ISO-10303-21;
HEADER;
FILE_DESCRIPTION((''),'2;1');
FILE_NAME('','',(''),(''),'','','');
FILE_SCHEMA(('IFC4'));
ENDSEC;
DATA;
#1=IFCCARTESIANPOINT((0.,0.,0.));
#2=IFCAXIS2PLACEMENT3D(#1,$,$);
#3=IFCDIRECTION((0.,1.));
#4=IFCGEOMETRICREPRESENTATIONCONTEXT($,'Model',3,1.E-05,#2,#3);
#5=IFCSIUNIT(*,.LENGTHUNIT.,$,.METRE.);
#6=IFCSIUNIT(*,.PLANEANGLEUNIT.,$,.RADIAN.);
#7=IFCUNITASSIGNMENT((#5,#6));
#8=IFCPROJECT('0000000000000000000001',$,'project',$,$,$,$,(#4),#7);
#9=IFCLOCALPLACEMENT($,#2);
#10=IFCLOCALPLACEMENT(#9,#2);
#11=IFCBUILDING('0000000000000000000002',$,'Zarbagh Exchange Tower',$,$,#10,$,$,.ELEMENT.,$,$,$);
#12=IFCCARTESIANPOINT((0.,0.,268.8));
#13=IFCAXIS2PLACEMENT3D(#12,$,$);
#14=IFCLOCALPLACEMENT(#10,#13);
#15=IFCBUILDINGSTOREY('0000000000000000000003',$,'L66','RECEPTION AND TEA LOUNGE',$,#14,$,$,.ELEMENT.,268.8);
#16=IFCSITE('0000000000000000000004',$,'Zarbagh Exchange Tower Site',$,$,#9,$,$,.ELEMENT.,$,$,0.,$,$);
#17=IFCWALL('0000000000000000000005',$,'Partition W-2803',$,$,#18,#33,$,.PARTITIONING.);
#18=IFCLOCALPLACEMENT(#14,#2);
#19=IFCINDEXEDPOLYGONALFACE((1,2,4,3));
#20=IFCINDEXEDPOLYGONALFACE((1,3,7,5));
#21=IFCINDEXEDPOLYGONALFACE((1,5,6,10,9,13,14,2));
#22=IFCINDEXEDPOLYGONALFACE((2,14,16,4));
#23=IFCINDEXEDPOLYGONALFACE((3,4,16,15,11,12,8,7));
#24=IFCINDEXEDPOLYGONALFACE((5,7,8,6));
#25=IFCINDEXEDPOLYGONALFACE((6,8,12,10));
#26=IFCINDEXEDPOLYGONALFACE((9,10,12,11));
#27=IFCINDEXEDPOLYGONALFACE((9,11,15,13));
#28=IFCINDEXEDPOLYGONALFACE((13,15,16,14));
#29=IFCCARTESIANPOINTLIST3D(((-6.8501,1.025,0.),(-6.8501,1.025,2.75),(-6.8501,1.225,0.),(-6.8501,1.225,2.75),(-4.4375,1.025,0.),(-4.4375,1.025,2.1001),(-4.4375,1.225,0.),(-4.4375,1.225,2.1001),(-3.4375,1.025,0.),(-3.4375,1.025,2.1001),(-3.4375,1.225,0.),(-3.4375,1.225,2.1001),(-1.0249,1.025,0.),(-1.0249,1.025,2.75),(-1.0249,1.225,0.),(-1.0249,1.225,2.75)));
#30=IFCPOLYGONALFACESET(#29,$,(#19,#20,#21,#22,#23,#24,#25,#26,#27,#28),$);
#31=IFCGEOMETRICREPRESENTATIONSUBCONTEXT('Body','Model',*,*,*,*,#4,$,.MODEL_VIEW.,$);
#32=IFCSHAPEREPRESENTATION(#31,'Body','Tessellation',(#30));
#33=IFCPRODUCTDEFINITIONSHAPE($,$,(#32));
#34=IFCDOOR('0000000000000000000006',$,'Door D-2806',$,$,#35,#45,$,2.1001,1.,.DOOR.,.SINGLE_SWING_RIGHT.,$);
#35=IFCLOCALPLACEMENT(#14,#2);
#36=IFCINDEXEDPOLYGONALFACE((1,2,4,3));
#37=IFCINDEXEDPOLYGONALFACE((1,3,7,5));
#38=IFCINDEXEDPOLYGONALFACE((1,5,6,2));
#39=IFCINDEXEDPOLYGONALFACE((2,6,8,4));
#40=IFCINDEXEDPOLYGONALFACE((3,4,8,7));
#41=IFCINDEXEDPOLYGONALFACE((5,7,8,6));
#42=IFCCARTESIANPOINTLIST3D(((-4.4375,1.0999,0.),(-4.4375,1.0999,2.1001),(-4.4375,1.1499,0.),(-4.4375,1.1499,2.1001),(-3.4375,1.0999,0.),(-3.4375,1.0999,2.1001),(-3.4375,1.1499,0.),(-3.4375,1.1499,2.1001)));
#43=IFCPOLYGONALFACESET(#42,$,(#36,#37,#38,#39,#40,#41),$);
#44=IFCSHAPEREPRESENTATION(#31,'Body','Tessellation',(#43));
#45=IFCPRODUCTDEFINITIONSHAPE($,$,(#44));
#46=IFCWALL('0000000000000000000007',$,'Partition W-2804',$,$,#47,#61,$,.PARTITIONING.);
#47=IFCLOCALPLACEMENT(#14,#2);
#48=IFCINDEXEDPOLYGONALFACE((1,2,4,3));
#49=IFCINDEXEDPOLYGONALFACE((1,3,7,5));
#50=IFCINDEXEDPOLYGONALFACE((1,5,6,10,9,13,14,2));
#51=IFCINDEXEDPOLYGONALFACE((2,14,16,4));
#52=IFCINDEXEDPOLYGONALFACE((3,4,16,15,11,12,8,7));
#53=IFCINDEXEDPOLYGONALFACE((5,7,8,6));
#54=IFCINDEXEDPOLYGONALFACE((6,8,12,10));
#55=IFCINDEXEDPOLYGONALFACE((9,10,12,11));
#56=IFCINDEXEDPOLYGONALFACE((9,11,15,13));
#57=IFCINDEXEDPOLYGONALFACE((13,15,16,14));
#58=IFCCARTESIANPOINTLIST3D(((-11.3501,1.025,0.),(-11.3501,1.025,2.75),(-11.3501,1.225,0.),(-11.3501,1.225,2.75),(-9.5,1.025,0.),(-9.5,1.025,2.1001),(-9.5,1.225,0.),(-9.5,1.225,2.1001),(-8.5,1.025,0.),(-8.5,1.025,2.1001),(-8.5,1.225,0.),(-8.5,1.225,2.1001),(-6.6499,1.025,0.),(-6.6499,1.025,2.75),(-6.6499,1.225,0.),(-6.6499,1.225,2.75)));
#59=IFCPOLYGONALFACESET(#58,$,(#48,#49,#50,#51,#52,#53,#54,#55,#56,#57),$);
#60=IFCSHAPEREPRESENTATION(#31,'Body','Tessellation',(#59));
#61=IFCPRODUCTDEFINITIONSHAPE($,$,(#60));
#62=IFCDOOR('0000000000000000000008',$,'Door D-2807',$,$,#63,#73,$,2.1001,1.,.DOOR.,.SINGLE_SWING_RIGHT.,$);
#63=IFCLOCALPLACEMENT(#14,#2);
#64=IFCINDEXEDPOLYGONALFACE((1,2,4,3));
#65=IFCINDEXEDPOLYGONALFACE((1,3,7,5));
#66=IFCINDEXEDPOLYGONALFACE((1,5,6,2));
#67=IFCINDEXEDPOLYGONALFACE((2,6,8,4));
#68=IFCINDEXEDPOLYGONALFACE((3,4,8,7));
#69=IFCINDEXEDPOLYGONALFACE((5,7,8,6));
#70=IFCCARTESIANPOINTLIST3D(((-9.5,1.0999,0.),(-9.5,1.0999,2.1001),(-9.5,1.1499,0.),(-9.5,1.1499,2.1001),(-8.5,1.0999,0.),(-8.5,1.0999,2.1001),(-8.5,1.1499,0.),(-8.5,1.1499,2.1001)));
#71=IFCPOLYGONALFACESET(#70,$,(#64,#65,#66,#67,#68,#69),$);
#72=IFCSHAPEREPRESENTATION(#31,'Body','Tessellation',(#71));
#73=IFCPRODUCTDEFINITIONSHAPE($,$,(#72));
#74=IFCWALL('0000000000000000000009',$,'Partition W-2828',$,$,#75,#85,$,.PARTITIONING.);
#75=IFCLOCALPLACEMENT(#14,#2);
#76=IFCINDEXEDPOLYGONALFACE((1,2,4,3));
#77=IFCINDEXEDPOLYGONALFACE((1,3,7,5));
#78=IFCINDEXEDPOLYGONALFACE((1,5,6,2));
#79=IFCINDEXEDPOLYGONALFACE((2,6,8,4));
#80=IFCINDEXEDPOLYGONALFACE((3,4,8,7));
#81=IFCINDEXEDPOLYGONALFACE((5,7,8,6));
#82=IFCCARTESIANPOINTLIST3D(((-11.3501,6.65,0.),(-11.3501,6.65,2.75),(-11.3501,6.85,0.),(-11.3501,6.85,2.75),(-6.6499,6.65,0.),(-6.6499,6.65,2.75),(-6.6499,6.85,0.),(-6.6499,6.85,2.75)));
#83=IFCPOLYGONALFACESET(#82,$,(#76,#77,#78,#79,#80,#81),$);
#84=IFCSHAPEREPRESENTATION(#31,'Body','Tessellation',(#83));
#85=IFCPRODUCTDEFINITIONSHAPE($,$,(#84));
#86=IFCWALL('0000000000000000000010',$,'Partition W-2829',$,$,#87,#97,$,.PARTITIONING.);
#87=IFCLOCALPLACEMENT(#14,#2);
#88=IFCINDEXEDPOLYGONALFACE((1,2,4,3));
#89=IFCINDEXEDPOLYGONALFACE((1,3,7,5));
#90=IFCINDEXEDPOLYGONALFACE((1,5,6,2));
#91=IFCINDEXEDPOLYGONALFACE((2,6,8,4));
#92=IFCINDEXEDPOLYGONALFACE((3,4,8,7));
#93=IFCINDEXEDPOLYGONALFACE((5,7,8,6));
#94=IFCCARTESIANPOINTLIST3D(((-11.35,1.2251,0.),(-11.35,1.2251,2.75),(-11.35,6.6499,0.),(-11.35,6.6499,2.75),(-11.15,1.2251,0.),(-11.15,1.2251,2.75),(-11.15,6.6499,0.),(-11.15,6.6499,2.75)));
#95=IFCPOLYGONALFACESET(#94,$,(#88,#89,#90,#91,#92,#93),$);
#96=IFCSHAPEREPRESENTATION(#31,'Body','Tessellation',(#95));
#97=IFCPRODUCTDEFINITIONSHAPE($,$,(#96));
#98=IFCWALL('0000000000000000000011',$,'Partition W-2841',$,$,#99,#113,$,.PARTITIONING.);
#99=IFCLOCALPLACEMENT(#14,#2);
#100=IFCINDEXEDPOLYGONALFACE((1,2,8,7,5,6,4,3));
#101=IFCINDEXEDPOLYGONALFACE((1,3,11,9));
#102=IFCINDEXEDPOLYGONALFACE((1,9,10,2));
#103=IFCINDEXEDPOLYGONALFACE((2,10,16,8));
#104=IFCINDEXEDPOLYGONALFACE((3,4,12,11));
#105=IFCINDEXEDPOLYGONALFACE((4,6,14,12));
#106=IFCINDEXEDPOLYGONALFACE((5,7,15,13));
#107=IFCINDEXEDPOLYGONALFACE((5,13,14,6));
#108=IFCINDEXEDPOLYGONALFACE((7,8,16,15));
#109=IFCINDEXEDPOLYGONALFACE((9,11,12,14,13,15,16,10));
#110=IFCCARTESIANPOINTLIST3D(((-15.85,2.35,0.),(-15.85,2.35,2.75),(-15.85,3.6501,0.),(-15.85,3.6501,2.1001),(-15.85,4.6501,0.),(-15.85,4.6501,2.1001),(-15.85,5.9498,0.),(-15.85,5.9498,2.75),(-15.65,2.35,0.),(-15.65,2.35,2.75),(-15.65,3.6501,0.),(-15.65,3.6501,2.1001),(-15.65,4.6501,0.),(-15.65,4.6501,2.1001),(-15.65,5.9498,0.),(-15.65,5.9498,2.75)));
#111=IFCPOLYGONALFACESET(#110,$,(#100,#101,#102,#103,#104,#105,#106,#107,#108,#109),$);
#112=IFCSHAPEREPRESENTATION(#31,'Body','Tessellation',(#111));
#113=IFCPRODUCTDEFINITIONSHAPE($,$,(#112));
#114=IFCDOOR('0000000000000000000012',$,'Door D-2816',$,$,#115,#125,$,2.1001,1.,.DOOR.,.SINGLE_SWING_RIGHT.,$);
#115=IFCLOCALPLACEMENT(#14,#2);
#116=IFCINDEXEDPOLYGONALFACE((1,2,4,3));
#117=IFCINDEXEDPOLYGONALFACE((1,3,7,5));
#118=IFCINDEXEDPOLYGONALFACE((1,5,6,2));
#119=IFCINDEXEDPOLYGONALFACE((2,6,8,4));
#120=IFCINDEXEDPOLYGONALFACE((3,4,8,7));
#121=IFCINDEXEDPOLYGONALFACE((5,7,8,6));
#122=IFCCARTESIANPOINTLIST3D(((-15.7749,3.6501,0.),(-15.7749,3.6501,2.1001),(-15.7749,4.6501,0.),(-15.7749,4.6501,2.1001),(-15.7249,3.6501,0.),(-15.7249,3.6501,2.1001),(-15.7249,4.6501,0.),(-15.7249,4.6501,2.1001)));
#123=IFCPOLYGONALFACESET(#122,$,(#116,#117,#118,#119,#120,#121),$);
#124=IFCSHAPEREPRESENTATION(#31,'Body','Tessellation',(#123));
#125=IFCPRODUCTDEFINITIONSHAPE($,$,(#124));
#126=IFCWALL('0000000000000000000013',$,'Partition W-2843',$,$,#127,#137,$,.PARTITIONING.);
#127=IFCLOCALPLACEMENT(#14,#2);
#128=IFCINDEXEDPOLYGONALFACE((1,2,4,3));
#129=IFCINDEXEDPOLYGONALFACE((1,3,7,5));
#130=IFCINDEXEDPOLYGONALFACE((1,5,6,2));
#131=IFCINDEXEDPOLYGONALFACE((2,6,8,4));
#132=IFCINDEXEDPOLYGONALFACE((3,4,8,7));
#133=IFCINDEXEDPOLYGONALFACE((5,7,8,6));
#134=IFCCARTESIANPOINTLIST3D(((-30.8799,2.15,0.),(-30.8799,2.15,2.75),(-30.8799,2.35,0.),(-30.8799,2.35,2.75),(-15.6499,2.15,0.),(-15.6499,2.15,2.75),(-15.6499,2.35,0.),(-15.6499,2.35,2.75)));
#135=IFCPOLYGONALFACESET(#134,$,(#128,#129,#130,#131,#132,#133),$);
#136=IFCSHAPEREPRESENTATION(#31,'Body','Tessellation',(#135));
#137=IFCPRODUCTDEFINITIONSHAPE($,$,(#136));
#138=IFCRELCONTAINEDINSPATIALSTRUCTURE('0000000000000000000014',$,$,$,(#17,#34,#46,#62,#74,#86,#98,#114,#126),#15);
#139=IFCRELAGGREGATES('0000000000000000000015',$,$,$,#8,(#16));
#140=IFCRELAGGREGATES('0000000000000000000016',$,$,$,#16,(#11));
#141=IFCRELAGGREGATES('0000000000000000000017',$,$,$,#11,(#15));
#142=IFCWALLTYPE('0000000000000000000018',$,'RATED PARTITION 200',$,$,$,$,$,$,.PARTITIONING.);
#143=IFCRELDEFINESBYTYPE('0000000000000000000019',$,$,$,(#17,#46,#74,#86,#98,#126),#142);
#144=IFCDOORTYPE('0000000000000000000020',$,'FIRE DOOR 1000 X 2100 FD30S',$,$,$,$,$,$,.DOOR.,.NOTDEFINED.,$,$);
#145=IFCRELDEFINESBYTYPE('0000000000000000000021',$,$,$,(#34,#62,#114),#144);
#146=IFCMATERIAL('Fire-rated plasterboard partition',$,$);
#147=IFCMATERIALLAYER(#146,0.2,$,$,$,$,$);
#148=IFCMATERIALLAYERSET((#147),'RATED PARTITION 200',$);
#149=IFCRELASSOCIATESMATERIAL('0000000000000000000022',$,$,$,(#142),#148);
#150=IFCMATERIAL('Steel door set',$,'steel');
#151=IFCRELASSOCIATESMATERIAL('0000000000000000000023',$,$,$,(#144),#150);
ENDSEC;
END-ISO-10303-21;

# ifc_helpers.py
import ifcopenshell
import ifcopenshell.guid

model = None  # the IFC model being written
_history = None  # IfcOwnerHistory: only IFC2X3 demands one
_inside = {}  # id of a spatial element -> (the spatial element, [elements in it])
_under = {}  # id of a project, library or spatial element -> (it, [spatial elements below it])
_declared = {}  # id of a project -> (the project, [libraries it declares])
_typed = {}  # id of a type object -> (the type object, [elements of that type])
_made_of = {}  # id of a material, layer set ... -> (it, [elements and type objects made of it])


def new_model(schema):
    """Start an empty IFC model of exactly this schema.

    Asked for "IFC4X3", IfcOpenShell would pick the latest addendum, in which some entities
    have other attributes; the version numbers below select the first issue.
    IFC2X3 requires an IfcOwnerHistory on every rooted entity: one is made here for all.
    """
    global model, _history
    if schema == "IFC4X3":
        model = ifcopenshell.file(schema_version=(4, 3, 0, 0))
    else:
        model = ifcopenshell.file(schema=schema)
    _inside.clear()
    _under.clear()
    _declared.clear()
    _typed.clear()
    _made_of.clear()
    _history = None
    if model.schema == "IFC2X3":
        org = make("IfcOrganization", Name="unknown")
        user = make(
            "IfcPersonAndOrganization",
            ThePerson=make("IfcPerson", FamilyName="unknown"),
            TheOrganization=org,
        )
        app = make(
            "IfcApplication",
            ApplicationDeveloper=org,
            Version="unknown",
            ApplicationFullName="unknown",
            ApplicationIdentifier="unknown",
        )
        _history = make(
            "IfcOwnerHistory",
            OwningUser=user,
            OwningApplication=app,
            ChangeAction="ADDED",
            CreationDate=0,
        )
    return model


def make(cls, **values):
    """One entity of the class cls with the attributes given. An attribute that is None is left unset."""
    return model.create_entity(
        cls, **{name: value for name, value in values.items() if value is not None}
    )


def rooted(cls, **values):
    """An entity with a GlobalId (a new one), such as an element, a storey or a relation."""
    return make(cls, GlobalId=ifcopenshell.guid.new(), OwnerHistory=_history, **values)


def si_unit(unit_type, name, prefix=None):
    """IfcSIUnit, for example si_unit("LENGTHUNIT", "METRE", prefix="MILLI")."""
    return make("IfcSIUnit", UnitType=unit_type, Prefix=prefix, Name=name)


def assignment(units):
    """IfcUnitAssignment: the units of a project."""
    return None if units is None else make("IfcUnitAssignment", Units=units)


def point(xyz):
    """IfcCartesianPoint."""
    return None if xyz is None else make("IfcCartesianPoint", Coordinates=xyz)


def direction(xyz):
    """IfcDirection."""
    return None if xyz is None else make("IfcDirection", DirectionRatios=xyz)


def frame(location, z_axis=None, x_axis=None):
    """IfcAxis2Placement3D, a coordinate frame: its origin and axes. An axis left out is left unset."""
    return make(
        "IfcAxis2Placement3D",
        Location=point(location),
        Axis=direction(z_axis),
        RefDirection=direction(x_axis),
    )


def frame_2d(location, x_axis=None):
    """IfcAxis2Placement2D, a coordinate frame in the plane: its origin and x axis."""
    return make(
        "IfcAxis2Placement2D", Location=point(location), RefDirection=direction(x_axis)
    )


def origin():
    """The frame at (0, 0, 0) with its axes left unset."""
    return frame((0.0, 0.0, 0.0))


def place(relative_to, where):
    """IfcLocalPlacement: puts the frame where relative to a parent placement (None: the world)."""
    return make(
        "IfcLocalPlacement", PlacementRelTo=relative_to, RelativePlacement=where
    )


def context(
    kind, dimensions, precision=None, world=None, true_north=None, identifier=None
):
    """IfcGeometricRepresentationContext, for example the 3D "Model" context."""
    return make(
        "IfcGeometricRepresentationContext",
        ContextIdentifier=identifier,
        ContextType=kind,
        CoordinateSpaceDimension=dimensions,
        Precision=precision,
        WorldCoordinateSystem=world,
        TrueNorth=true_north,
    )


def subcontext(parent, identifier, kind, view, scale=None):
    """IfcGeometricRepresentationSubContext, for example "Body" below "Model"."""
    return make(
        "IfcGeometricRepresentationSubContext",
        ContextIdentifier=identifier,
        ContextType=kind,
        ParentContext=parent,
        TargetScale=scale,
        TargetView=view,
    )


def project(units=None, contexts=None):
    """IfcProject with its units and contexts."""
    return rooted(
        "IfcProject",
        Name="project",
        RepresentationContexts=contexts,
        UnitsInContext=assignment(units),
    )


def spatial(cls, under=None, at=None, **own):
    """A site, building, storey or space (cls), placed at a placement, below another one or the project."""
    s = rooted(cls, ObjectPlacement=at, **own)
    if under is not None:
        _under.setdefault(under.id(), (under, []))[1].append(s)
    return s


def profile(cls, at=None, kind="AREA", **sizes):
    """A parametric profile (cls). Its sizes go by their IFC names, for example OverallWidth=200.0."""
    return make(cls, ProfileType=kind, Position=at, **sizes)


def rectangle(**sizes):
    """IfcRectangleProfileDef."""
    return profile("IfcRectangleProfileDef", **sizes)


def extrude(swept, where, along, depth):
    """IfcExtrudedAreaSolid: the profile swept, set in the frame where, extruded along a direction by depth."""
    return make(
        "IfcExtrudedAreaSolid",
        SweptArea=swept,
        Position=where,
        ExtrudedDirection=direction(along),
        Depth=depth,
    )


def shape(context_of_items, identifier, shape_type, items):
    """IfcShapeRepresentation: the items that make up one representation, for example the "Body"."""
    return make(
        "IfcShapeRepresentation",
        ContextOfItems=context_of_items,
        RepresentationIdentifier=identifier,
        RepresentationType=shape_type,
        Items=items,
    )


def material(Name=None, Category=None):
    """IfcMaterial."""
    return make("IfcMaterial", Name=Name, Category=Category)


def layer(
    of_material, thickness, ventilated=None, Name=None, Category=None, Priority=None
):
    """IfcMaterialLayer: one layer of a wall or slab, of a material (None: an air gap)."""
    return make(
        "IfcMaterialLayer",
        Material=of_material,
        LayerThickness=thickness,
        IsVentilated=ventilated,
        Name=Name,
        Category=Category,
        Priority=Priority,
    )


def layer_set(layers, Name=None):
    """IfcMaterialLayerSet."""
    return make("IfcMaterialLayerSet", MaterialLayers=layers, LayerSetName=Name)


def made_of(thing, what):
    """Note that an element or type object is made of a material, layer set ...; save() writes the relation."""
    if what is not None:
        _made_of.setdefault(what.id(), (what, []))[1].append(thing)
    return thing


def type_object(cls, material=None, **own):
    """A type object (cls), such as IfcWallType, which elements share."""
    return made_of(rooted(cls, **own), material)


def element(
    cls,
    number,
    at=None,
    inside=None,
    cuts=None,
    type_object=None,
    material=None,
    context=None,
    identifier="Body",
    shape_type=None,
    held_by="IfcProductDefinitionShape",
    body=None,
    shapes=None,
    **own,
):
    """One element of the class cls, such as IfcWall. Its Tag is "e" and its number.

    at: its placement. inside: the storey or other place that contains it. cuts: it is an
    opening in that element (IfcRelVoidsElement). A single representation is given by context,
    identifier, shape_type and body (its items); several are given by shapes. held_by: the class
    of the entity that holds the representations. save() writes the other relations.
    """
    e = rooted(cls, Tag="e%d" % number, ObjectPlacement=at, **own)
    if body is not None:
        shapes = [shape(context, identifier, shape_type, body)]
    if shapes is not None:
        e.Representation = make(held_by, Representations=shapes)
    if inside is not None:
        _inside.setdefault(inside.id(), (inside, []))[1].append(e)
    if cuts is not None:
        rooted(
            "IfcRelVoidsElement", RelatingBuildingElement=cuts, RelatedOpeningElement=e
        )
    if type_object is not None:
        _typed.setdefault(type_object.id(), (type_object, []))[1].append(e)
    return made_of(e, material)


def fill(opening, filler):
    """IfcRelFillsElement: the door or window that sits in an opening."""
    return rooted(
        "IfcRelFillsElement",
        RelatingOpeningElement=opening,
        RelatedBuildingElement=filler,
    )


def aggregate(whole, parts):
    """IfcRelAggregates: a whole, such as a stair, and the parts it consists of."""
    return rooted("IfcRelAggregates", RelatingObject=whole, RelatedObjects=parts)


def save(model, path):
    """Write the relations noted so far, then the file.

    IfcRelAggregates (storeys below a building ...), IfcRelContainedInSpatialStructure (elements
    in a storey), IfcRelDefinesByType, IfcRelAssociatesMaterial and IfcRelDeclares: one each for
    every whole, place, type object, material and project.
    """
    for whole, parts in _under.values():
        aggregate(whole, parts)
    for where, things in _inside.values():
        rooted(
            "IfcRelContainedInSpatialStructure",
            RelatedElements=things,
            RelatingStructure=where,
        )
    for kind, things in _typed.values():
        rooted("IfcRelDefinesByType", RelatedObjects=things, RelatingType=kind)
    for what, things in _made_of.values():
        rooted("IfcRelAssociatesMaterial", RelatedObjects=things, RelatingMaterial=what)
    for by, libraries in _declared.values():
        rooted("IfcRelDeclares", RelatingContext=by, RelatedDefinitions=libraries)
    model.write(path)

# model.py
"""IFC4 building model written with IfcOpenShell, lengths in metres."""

from ifc_helpers import new_model, si_unit, direction, frame, frame_2d, origin, place, context, subcontext, project, spatial, rectangle, extrude, material, layer, layer_set, type_object, element, fill, save


model = new_model("IFC4")

# Units and contexts
model_context = context("Model", 3, precision=1e-05, world=origin(), true_north=direction((0.0, 1.0)))
body_context = subcontext(model_context, "Body", "Model", "MODEL_VIEW")
ifc_project = project(units=[si_unit("LENGTHUNIT", "METRE"), si_unit("PLANEANGLEUNIT", "RADIAN")], contexts=[model_context])

# Site, building, storey
site_placement = place(None, origin())
site = spatial("IfcSite", under=ifc_project, at=site_placement, Name="Zarbagh Exchange Tower Site", CompositionType="ELEMENT", RefElevation=0.0)
building_placement = place(site_placement, origin())
building = spatial("IfcBuilding", under=site, at=building_placement, Name="Zarbagh Exchange Tower", CompositionType="ELEMENT")
storey_placement = place(building_placement, frame((0.0, 0.0, 268.8)))
storey = spatial("IfcBuildingStorey", under=building, at=storey_placement, Name="L66", Description="RECEPTION AND TEA LOUNGE", CompositionType="ELEMENT", Elevation=268.8)

# Walls, openings, doors
ifc_material_1 = material(Name="Fire-rated plasterboard partition")
ifc_layer = layer(ifc_material_1, 0.2)
ifc_layer_set = layer_set([ifc_layer], Name="RATED PARTITION 200")
wall_type = type_object("IfcWallType", Name="RATED PARTITION 200", PredefinedType="PARTITIONING", material=ifc_layer_set)
wall_1_placement = place(storey_placement, frame((-6.8501, 1.125, 0.0), z_axis=(0.0, 0.0, 1.0), x_axis=(1.0, 0.0, 0.0)))
wall_1 = element("IfcWall", 1, at=wall_1_placement, inside=storey, type_object=wall_type, Name="Partition W-2803", PredefinedType="PARTITIONING", context=body_context, shape_type="SweptSolid", body=[
    extrude(rectangle(XDim=5.8252, YDim=0.2, at=frame_2d((2.9126, 0.0))), origin(), (0.0, 0.0, 1.0), 2.75),
])
opening_1_placement = place(wall_1_placement, frame((2.4126, 0.0, 0.0)))
opening_1 = element("IfcOpeningElement", 2, at=opening_1_placement, cuts=wall_1, PredefinedType="OPENING", context=body_context, shape_type="SweptSolid", body=[
    extrude(rectangle(XDim=1.0, YDim=2.1001, at=frame_2d((0.5, 1.05))), frame((0.0, 0.1099, 0.0), z_axis=(0.0, -1.0, 0.0), x_axis=(1.0, 0.0, 0.0)), (0.0, 0.0, 1.0), 0.22),
])
ifc_material_2 = material(Name="Steel door set", Category="steel")
door_type = type_object("IfcDoorType", Name="FIRE DOOR 1000 X 2100 FD30S", OperationType="NOTDEFINED", PredefinedType="DOOR", material=ifc_material_2)
door_1_placement = place(opening_1_placement, origin())
door_1 = element("IfcDoor", 3, at=door_1_placement, inside=storey, type_object=door_type, Name="Door D-2806", OperationType="SINGLE_SWING_RIGHT", OverallHeight=2.1001, OverallWidth=1.0, PredefinedType="DOOR", context=body_context, shape_type="SweptSolid", body=[
    extrude(rectangle(XDim=1.0, YDim=2.1001, at=frame_2d((0.5, 1.05))), frame((0.0, 0.0249, 0.0), z_axis=(0.0, -1.0, 0.0), x_axis=(1.0, 0.0, 0.0)), (0.0, 0.0, 1.0), 0.05),
])
fill(opening_1, door_1)
wall_2_placement = place(storey_placement, frame((-11.3501, 1.125, 0.0), z_axis=(0.0, 0.0, 1.0), x_axis=(1.0, 0.0, 0.0)))
wall_2 = element("IfcWall", 4, at=wall_2_placement, inside=storey, type_object=wall_type, Name="Partition W-2804", PredefinedType="PARTITIONING", context=body_context, shape_type="SweptSolid", body=[
    extrude(rectangle(XDim=4.7002, YDim=0.2, at=frame_2d((2.3501, 0.0))), origin(), (0.0, 0.0, 1.0), 2.75),
])
opening_2_placement = place(wall_2_placement, frame((1.8501, 0.0, 0.0)))
opening_2 = element("IfcOpeningElement", 5, at=opening_2_placement, cuts=wall_2, PredefinedType="OPENING", context=body_context, shape_type="SweptSolid", body=[
    extrude(rectangle(XDim=1.0, YDim=2.1001, at=frame_2d((0.5, 1.05))), frame((0.0, 0.1099, 0.0), z_axis=(0.0, -1.0, 0.0), x_axis=(1.0, 0.0, 0.0)), (0.0, 0.0, 1.0), 0.22),
])
door_2_placement = place(opening_2_placement, origin())
door_2 = element("IfcDoor", 6, at=door_2_placement, inside=storey, type_object=door_type, Name="Door D-2807", OperationType="SINGLE_SWING_RIGHT", OverallHeight=2.1001, OverallWidth=1.0, PredefinedType="DOOR", context=body_context, shape_type="SweptSolid", body=[
    extrude(rectangle(XDim=1.0, YDim=2.1001, at=frame_2d((0.5, 1.05))), frame((0.0, 0.0249, 0.0), z_axis=(0.0, -1.0, 0.0), x_axis=(1.0, 0.0, 0.0)), (0.0, 0.0, 1.0), 0.05),
])
fill(opening_2, door_2)

# Walls
wall_3_placement = place(storey_placement, frame((-11.3501, 6.75, 0.0), z_axis=(0.0, 0.0, 1.0), x_axis=(1.0, 0.0, 0.0)))
element("IfcWall", 7, at=wall_3_placement, inside=storey, type_object=wall_type, Name="Partition W-2828", PredefinedType="PARTITIONING", context=body_context, shape_type="SweptSolid", body=[
    extrude(rectangle(XDim=4.7002, YDim=0.2, at=frame_2d((2.3501, 0.0))), origin(), (0.0, 0.0, 1.0), 2.75),
])
wall_4_placement = place(storey_placement, frame((-11.25, 1.2251, 0.0), z_axis=(0.0, 0.0, 1.0), x_axis=(0.0, 1.0, 0.0)))
element("IfcWall", 8, at=wall_4_placement, inside=storey, type_object=wall_type, Name="Partition W-2829", PredefinedType="PARTITIONING", context=body_context, shape_type="SweptSolid", body=[
    extrude(rectangle(XDim=5.4248, YDim=0.2, at=frame_2d((2.7124, 0.0))), origin(), (0.0, 0.0, 1.0), 2.75),
])

# Wall, opening, door
wall_5_placement = place(storey_placement, frame((-15.75, 2.3501, 0.0), z_axis=(0.0, 0.0, 1.0), x_axis=(0.0, 1.0, 0.0)))
wall_5 = element("IfcWall", 9, at=wall_5_placement, inside=storey, type_object=wall_type, Name="Partition W-2841", PredefinedType="PARTITIONING", context=body_context, shape_type="SweptSolid", body=[
    extrude(rectangle(XDim=3.5999, YDim=0.2, at=frame_2d((1.7998, 0.0))), origin(), (0.0, 0.0, 1.0), 2.75),
])
opening_3_placement = place(wall_5_placement, frame((1.3, 0.0, 0.0)))
opening_3 = element("IfcOpeningElement", 10, at=opening_3_placement, cuts=wall_5, PredefinedType="OPENING", context=body_context, shape_type="SweptSolid", body=[
    extrude(rectangle(XDim=1.0, YDim=2.1001, at=frame_2d((0.5, 1.05))), frame((0.0, 0.1099, 0.0), z_axis=(0.0, -1.0, 0.0), x_axis=(1.0, 0.0, 0.0)), (0.0, 0.0, 1.0), 0.22),
])
door_3_placement = place(opening_3_placement, origin())
door_3 = element("IfcDoor", 11, at=door_3_placement, inside=storey, type_object=door_type, Name="Door D-2816", OperationType="SINGLE_SWING_RIGHT", OverallHeight=2.1001, OverallWidth=1.0, PredefinedType="DOOR", context=body_context, shape_type="SweptSolid", body=[
    extrude(rectangle(XDim=1.0, YDim=2.1001, at=frame_2d((0.5, 1.05))), frame((0.0, 0.0249, 0.0), z_axis=(0.0, -1.0, 0.0), x_axis=(1.0, 0.0, 0.0)), (0.0, 0.0, 1.0), 0.05),
])
fill(opening_3, door_3)

# Wall
wall_6_placement = place(storey_placement, frame((-30.8799, 2.25, 0.0), z_axis=(0.0, 0.0, 1.0), x_axis=(1.0, 0.0, 0.0)))
element("IfcWall", 12, at=wall_6_placement, inside=storey, type_object=wall_type, Name="Partition W-2843", PredefinedType="PARTITIONING", context=body_context, shape_type="SweptSolid", body=[
    extrude(rectangle(XDim=15.23, YDim=0.2, at=frame_2d((7.615, 0.0))), origin(), (0.0, 0.0, 1.0), 2.75),
])

save(model, "model.ifc")
